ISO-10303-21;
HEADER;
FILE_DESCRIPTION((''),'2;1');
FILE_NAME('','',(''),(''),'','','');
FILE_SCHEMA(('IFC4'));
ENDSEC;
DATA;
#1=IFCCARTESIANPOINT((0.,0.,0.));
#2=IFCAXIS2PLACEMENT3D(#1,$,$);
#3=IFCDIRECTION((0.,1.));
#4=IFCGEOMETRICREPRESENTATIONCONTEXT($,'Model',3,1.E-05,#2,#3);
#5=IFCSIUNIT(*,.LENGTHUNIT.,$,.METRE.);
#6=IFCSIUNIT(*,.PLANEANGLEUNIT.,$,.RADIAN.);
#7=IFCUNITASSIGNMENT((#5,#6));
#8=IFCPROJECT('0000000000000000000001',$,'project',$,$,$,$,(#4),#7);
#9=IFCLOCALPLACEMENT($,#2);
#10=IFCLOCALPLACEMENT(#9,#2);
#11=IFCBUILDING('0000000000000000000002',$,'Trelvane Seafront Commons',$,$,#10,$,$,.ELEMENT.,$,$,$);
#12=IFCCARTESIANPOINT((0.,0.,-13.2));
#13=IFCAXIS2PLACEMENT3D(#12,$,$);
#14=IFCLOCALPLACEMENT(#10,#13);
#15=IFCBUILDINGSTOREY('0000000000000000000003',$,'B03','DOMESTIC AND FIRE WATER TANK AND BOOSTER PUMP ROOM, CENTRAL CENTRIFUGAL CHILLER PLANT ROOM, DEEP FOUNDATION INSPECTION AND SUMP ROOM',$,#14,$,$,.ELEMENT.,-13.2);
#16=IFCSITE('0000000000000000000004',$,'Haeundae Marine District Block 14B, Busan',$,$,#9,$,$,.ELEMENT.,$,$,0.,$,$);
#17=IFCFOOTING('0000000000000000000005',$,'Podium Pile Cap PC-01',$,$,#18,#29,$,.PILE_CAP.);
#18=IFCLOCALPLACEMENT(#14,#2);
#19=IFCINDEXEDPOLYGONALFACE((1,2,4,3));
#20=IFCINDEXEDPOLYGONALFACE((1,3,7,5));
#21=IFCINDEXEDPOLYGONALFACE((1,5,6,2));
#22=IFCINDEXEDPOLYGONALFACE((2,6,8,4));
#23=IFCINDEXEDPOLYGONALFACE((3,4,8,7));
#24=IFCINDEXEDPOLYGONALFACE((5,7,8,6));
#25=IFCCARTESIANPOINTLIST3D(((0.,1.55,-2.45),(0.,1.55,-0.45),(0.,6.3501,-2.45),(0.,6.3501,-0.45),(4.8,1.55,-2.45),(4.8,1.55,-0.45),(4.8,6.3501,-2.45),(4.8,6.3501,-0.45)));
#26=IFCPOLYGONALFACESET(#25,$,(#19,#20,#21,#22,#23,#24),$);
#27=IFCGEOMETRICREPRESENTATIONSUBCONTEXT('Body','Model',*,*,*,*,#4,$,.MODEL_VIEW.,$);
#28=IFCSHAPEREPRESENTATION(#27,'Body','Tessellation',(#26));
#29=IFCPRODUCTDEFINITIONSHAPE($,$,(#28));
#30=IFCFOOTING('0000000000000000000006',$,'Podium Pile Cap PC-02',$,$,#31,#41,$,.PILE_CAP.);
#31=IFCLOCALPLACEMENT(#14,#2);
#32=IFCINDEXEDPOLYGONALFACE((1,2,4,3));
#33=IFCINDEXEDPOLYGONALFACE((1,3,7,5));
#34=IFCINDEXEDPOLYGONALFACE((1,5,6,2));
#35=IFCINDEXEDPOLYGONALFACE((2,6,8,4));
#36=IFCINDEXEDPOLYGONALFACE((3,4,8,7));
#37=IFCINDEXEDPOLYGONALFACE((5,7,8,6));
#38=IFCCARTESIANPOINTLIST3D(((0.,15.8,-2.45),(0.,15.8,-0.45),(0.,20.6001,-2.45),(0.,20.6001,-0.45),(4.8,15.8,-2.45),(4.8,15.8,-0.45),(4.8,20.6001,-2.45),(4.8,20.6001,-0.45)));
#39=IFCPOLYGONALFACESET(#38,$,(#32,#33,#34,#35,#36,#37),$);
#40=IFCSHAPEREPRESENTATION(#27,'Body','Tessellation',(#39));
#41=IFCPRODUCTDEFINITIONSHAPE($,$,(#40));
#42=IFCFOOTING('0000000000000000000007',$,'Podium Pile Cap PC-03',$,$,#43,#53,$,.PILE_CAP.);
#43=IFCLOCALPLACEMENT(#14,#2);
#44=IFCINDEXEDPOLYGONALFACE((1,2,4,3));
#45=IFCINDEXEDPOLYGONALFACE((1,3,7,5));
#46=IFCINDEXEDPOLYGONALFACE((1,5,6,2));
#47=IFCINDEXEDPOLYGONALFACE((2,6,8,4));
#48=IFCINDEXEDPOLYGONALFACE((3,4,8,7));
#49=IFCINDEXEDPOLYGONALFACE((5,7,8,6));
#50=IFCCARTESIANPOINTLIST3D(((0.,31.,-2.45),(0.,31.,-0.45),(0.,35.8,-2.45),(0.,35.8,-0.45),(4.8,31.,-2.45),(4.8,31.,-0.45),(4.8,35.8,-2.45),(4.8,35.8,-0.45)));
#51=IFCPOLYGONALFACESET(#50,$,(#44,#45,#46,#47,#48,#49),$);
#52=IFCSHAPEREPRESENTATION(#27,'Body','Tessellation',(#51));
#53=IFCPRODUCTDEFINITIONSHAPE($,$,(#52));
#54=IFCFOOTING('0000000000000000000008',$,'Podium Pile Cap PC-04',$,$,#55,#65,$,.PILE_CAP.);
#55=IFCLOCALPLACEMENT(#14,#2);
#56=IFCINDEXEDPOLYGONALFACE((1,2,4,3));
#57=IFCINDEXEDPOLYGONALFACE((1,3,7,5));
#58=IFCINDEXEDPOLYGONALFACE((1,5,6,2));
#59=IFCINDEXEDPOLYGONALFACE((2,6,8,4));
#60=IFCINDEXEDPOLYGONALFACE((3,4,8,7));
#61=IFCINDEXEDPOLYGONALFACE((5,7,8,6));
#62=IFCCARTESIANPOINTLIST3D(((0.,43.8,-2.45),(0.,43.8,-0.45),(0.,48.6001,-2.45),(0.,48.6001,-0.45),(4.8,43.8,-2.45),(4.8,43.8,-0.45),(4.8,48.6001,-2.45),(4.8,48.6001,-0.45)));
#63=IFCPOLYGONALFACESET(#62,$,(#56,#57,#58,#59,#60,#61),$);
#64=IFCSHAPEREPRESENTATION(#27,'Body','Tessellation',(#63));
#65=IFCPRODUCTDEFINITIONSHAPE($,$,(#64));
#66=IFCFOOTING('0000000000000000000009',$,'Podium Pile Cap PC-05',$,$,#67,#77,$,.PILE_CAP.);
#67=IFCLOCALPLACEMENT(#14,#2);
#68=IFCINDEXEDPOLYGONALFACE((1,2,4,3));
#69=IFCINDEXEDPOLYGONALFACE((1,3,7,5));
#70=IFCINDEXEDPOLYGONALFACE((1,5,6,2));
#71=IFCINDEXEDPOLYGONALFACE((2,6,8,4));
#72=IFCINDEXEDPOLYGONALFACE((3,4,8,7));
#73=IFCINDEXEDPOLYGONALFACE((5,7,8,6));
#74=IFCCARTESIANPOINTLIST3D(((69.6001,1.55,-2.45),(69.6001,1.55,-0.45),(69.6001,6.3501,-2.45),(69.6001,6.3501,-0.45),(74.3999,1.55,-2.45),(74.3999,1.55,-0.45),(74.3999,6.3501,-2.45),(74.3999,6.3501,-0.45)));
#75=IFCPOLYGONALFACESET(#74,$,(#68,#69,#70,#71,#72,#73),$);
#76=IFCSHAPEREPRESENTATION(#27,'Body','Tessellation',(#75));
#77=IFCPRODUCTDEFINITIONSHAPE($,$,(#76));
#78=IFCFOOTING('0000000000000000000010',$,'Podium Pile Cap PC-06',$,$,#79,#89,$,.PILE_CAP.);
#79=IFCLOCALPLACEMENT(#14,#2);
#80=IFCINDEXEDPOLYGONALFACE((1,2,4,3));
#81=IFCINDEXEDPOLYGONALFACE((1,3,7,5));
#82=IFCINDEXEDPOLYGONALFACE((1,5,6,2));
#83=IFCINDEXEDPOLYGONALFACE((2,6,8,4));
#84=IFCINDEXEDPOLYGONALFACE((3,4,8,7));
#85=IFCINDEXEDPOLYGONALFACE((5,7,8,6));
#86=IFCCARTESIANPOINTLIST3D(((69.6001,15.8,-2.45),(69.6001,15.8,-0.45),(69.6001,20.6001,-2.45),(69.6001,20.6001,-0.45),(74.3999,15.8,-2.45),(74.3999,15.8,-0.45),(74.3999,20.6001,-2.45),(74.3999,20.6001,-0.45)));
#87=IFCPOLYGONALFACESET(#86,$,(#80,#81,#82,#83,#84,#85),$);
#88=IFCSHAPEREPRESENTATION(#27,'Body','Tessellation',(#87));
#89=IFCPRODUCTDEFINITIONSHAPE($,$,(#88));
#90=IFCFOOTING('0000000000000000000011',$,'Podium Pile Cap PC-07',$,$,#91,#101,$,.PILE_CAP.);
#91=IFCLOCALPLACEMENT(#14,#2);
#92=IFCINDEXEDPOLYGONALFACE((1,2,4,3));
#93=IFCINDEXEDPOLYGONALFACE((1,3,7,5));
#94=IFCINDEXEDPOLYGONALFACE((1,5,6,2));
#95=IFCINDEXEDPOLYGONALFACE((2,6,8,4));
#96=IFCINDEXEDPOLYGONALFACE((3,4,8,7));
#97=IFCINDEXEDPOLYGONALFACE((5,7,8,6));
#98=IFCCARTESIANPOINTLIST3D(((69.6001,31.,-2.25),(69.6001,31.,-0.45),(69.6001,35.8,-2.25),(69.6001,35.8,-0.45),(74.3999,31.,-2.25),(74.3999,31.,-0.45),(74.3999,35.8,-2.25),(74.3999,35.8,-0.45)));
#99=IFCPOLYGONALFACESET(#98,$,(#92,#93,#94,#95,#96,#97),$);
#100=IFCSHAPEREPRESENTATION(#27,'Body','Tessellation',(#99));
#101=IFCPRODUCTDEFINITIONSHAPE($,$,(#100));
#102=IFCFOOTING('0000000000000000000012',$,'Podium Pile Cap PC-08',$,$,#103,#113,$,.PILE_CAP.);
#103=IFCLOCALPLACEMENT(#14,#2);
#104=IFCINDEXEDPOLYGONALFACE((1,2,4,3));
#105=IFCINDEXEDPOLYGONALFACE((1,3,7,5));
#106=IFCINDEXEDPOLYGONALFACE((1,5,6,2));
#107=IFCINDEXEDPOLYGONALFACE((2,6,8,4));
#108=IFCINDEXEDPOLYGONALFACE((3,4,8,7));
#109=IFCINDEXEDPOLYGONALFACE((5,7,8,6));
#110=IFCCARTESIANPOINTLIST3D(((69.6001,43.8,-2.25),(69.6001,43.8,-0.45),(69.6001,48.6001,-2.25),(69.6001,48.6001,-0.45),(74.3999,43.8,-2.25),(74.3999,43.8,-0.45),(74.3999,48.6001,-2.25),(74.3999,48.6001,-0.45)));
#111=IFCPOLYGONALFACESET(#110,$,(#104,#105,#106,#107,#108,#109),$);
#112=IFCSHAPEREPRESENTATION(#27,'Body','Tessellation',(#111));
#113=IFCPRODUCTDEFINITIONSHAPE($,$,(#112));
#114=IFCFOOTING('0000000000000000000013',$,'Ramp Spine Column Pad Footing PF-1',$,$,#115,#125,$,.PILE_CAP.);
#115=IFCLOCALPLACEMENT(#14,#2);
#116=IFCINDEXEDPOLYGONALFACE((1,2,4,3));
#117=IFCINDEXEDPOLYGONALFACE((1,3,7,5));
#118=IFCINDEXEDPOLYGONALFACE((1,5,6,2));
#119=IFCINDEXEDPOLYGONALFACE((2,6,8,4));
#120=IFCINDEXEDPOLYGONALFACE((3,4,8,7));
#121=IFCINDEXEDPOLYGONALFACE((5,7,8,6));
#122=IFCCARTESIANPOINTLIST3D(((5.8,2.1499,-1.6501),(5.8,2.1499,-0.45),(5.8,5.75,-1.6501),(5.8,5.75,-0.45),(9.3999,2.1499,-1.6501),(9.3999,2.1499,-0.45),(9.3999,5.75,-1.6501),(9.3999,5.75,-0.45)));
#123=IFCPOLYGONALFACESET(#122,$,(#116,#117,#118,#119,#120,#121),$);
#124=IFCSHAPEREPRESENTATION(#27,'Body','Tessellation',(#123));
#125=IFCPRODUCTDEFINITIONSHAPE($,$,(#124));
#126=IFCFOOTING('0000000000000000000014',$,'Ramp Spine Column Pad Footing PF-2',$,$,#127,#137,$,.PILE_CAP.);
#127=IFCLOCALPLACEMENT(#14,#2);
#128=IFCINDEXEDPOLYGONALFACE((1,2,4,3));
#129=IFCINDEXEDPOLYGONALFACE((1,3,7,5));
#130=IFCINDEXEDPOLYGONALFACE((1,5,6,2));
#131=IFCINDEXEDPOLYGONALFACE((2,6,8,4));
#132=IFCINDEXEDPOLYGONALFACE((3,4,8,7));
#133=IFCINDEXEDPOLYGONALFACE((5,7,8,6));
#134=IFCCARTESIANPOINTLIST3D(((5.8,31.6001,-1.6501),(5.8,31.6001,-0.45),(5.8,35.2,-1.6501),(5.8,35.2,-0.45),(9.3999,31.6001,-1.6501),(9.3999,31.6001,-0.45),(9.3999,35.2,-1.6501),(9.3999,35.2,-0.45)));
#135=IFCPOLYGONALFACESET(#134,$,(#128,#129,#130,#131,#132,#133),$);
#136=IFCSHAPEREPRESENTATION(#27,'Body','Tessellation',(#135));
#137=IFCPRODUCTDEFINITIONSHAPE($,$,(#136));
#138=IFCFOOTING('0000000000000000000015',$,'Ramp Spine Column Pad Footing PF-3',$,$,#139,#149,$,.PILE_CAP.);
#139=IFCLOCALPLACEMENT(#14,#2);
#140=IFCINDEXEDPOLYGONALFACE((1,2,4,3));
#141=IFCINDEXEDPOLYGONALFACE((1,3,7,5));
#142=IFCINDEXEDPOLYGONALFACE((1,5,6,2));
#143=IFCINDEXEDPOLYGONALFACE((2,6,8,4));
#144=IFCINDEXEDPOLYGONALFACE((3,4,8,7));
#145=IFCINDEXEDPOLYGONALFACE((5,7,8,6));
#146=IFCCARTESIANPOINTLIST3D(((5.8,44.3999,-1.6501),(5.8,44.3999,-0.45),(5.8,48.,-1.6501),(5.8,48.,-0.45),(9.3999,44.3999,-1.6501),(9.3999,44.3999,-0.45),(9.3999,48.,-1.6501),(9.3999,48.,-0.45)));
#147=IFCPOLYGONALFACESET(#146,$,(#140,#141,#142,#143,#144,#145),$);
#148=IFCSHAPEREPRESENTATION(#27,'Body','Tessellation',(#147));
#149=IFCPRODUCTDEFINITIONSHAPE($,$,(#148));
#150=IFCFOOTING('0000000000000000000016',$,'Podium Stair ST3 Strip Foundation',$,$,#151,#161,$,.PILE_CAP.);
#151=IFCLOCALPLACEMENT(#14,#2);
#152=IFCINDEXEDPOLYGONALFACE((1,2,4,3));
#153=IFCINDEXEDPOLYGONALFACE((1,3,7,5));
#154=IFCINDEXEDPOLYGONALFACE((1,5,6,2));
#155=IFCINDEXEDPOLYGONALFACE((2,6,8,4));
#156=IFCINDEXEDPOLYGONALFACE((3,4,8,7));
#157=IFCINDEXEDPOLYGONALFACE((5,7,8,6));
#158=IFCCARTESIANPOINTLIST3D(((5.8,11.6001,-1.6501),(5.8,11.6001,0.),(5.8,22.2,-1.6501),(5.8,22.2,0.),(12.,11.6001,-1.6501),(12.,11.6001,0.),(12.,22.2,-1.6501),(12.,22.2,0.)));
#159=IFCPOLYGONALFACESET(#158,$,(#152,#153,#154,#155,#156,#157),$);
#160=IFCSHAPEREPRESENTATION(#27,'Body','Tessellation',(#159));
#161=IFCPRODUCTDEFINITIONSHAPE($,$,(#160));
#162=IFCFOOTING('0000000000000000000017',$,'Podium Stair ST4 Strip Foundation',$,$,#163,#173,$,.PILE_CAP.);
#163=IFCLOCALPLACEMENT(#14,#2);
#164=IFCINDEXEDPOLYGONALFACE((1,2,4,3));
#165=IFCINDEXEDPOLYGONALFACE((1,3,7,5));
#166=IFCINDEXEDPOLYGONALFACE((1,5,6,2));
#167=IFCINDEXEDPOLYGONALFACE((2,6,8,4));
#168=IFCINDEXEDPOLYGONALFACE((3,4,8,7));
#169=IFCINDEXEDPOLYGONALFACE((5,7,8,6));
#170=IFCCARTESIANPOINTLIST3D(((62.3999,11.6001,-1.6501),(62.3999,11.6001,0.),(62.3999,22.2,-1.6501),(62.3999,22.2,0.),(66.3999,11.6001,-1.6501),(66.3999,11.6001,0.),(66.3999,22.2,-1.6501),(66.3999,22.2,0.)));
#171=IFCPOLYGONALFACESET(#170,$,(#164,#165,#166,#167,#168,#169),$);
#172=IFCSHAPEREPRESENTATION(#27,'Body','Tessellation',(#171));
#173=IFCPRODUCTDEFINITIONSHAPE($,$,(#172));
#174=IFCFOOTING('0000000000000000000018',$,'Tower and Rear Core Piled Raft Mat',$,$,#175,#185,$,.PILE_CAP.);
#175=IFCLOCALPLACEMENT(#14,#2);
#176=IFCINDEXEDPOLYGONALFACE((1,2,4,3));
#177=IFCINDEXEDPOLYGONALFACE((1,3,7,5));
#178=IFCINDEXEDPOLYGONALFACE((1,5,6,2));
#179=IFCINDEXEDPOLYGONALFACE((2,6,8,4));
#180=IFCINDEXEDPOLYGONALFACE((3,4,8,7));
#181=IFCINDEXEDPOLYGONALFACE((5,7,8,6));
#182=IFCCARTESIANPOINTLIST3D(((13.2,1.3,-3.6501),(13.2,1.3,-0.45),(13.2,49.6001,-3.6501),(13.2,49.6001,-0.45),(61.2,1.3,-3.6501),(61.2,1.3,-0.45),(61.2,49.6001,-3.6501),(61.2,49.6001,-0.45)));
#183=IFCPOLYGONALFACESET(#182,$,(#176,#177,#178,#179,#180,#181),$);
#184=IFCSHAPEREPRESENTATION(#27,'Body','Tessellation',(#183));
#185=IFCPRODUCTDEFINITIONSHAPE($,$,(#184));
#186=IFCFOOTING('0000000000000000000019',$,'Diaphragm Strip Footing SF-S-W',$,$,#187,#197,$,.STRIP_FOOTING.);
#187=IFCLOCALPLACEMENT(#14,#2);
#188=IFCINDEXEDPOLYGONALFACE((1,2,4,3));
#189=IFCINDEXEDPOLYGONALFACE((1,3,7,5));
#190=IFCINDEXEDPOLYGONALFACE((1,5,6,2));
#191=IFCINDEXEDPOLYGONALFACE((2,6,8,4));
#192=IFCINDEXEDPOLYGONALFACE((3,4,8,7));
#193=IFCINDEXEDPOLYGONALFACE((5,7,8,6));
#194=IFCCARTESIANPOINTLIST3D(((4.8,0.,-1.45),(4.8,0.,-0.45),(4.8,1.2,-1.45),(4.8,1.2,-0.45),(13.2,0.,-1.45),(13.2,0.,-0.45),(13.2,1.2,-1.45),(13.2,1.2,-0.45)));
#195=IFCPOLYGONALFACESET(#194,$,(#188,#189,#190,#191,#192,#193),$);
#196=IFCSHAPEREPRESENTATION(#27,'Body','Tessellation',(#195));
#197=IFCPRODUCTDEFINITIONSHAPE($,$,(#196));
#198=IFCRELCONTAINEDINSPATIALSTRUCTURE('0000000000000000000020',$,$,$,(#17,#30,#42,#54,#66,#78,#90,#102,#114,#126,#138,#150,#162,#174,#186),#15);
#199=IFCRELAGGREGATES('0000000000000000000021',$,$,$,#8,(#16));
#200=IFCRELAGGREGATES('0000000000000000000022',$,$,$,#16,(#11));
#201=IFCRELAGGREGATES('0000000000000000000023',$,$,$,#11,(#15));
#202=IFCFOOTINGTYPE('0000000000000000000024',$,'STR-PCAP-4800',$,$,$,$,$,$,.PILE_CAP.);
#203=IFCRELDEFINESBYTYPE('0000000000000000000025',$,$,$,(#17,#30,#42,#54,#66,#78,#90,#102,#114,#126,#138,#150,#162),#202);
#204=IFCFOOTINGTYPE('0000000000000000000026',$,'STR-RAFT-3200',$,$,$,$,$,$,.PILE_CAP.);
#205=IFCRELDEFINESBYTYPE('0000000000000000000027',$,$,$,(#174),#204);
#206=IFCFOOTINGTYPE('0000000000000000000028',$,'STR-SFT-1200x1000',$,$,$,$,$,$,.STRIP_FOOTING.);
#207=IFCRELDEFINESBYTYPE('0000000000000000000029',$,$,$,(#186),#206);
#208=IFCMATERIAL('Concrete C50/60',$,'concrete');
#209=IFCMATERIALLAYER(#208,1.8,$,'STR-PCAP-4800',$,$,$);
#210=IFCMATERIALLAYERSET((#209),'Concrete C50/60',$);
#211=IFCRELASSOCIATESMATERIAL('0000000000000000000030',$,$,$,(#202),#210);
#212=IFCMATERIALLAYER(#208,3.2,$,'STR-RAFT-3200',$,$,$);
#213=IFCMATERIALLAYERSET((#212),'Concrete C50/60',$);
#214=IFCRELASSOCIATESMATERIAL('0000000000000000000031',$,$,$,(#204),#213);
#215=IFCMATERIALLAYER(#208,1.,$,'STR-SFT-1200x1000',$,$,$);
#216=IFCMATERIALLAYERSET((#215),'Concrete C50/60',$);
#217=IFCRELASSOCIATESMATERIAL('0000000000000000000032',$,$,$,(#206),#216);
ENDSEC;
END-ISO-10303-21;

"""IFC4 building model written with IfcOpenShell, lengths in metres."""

from ifc_helpers import new_model, si_unit, direction, frame, origin, place, context, subcontext, project, spatial, polyline, outline, extrude, material, layer, layer_set, type_object, element, save


model = new_model("IFC4")

# Units and contexts
model_context = context("Model", 3, precision=1e-05, world=origin(), true_north=direction((0.0, 1.0)))
body_context = subcontext(model_context, "Body", "Model", "MODEL_VIEW")
ifc_project = project(units=[si_unit("LENGTHUNIT", "METRE"), si_unit("PLANEANGLEUNIT", "RADIAN")], contexts=[model_context])

# Site, building, storey
site_placement = place(None, origin())
site = spatial("IfcSite", under=ifc_project, at=site_placement, Name="Haeundae Marine District Block 14B, Busan", CompositionType="ELEMENT", RefElevation=0.0)
building_placement = place(site_placement, origin())
building = spatial("IfcBuilding", under=site, at=building_placement, Name="Trelvane Seafront Commons", CompositionType="ELEMENT")
storey_placement = place(building_placement, frame((0.0, 0.0, -13.2)))
storey = spatial("IfcBuildingStorey", under=building, at=storey_placement, Name="B03", Description="DOMESTIC AND FIRE WATER TANK AND BOOSTER PUMP ROOM, CENTRAL CENTRIFUGAL CHILLER PLANT ROOM, DEEP FOUNDATION INSPECTION AND SUMP ROOM", CompositionType="ELEMENT", Elevation=-13.2)

# Footings
ifc_material = material(Name="Concrete C50/60", Category="concrete")
ifc_layer_1 = layer(ifc_material, 1.8, Name="STR-PCAP-4800")
ifc_layer_set_1 = layer_set([ifc_layer_1], Name="Concrete C50/60")
footing_type_1 = type_object("IfcFootingType", Name="STR-PCAP-4800", PredefinedType="PILE_CAP", material=ifc_layer_set_1)
footing_1_placement = place(storey_placement, frame((0.0, 0.0, -2.45)))
element("IfcFooting", 1, at=footing_1_placement, inside=storey, type_object=footing_type_1, Name="Podium Pile Cap PC-01", PredefinedType="PILE_CAP", context=body_context, shape_type="SweptSolid", body=[
    extrude(outline(polyline([(0.0, 1.55), (4.8, 1.55), (4.8, 6.3501), (0.0, 6.3501), (0.0, 1.55)])), origin(), (0.0, 0.0, 1.0), 2.0),
])
footing_2_placement = place(storey_placement, frame((0.0, 0.0, -2.45)))
element("IfcFooting", 2, at=footing_2_placement, inside=storey, type_object=footing_type_1, Name="Podium Pile Cap PC-02", PredefinedType="PILE_CAP", context=body_context, shape_type="SweptSolid", body=[
    extrude(outline(polyline([(0.0, 15.8), (4.8, 15.8), (4.8, 20.6001), (0.0, 20.6001), (0.0, 15.8)])), origin(), (0.0, 0.0, 1.0), 2.0),
])
footing_3_placement = place(storey_placement, frame((0.0, 0.0, -2.45)))
element("IfcFooting", 3, at=footing_3_placement, inside=storey, type_object=footing_type_1, Name="Podium Pile Cap PC-03", PredefinedType="PILE_CAP", context=body_context, shape_type="SweptSolid", body=[
    extrude(outline(polyline([(0.0, 31.0), (4.8, 31.0), (4.8, 35.8), (0.0, 35.8), (0.0, 31.0)])), origin(), (0.0, 0.0, 1.0), 2.0),
])
footing_4_placement = place(storey_placement, frame((0.0, 0.0, -2.45)))
element("IfcFooting", 4, at=footing_4_placement, inside=storey, type_object=footing_type_1, Name="Podium Pile Cap PC-04", PredefinedType="PILE_CAP", context=body_context, shape_type="SweptSolid", body=[
    extrude(outline(polyline([(0.0, 43.8), (4.8, 43.8), (4.8, 48.6001), (0.0, 48.6001), (0.0, 43.8)])), origin(), (0.0, 0.0, 1.0), 2.0),
])
footing_5_placement = place(storey_placement, frame((0.0, 0.0, -2.45)))
element("IfcFooting", 5, at=footing_5_placement, inside=storey, type_object=footing_type_1, Name="Podium Pile Cap PC-05", PredefinedType="PILE_CAP", context=body_context, shape_type="SweptSolid", body=[
    extrude(outline(polyline([(69.6001, 1.55), (74.3999, 1.55), (74.3999, 6.3501), (69.6001, 6.3501), (69.6001, 1.55)])), origin(), (0.0, 0.0, 1.0), 2.0),
])
footing_6_placement = place(storey_placement, frame((0.0, 0.0, -2.45)))
element("IfcFooting", 6, at=footing_6_placement, inside=storey, type_object=footing_type_1, Name="Podium Pile Cap PC-06", PredefinedType="PILE_CAP", context=body_context, shape_type="SweptSolid", body=[
    extrude(outline(polyline([(69.6001, 15.8), (74.3999, 15.8), (74.3999, 20.6001), (69.6001, 20.6001), (69.6001, 15.8)])), origin(), (0.0, 0.0, 1.0), 2.0),
])
footing_7_placement = place(storey_placement, frame((0.0, 0.0, -2.25)))
element("IfcFooting", 7, at=footing_7_placement, inside=storey, type_object=footing_type_1, Name="Podium Pile Cap PC-07", PredefinedType="PILE_CAP", context=body_context, shape_type="SweptSolid", body=[
    extrude(outline(polyline([(69.6001, 31.0), (74.3999, 31.0), (74.3999, 35.8), (69.6001, 35.8), (69.6001, 31.0)])), origin(), (0.0, 0.0, 1.0), 1.8),
])
footing_8_placement = place(storey_placement, frame((0.0, 0.0, -2.25)))
element("IfcFooting", 8, at=footing_8_placement, inside=storey, type_object=footing_type_1, Name="Podium Pile Cap PC-08", PredefinedType="PILE_CAP", context=body_context, shape_type="SweptSolid", body=[
    extrude(outline(polyline([(69.6001, 43.8), (74.3999, 43.8), (74.3999, 48.6001), (69.6001, 48.6001), (69.6001, 43.8)])), origin(), (0.0, 0.0, 1.0), 1.8),
])
footing_9_placement = place(storey_placement, frame((0.0, 0.0, -1.6501)))
element("IfcFooting", 9, at=footing_9_placement, inside=storey, type_object=footing_type_1, Name="Ramp Spine Column Pad Footing PF-1", PredefinedType="PILE_CAP", context=body_context, shape_type="SweptSolid", body=[
    extrude(outline(polyline([(5.8, 2.1499), (9.3999, 2.1499), (9.3999, 5.75), (5.8, 5.75), (5.8, 2.1499)])), origin(), (0.0, 0.0, 1.0), 1.2002),
])
footing_10_placement = place(storey_placement, frame((0.0, 0.0, -1.6501)))
element("IfcFooting", 10, at=footing_10_placement, inside=storey, type_object=footing_type_1, Name="Ramp Spine Column Pad Footing PF-2", PredefinedType="PILE_CAP", context=body_context, shape_type="SweptSolid", body=[
    extrude(outline(polyline([(5.8, 31.6001), (9.3999, 31.6001), (9.3999, 35.2), (5.8, 35.2), (5.8, 31.6001)])), origin(), (0.0, 0.0, 1.0), 1.2002),
])
footing_11_placement = place(storey_placement, frame((0.0, 0.0, -1.6501)))
element("IfcFooting", 11, at=footing_11_placement, inside=storey, type_object=footing_type_1, Name="Ramp Spine Column Pad Footing PF-3", PredefinedType="PILE_CAP", context=body_context, shape_type="SweptSolid", body=[
    extrude(outline(polyline([(5.8, 44.3999), (9.3999, 44.3999), (9.3999, 48.0), (5.8, 48.0), (5.8, 44.3999)])), origin(), (0.0, 0.0, 1.0), 1.2002),
])
footing_12_placement = place(storey_placement, frame((0.0, 0.0, -1.6501)))
element("IfcFooting", 12, at=footing_12_placement, inside=storey, type_object=footing_type_1, Name="Podium Stair ST3 Strip Foundation", PredefinedType="PILE_CAP", context=body_context, shape_type="SweptSolid", body=[
    extrude(outline(polyline([(5.8, 11.6001), (12.0, 11.6001), (12.0, 22.2), (5.8, 22.2), (5.8, 11.6001)])), origin(), (0.0, 0.0, 1.0), 1.6501),
])
footing_13_placement = place(storey_placement, frame((0.0, 0.0, -1.6501)))
element("IfcFooting", 13, at=footing_13_placement, inside=storey, type_object=footing_type_1, Name="Podium Stair ST4 Strip Foundation", PredefinedType="PILE_CAP", context=body_context, shape_type="SweptSolid", body=[
    extrude(outline(polyline([(62.3999, 11.6001), (66.3999, 11.6001), (66.3999, 22.2), (62.3999, 22.2), (62.3999, 11.6001)])), origin(), (0.0, 0.0, 1.0), 1.6501),
])
ifc_layer_2 = layer(ifc_material, 3.2, Name="STR-RAFT-3200")
ifc_layer_set_2 = layer_set([ifc_layer_2], Name="Concrete C50/60")
footing_type_2 = type_object("IfcFootingType", Name="STR-RAFT-3200", PredefinedType="PILE_CAP", material=ifc_layer_set_2)
footing_14_placement = place(storey_placement, frame((0.0, 0.0, -3.6501)))
element("IfcFooting", 14, at=footing_14_placement, inside=storey, type_object=footing_type_2, Name="Tower and Rear Core Piled Raft Mat", PredefinedType="PILE_CAP", context=body_context, shape_type="SweptSolid", body=[
    extrude(outline(polyline([(13.2, 1.3), (61.2, 1.3), (61.2, 49.6001), (13.2, 49.6001), (13.2, 1.3)])), origin(), (0.0, 0.0, 1.0), 3.2002),
])
ifc_layer_3 = layer(ifc_material, 1.0, Name="STR-SFT-1200x1000")
ifc_layer_set_3 = layer_set([ifc_layer_3], Name="Concrete C50/60")
footing_type_3 = type_object("IfcFootingType", Name="STR-SFT-1200x1000", PredefinedType="STRIP_FOOTING", material=ifc_layer_set_3)
footing_15_placement = place(storey_placement, frame((0.0, 0.0, -1.45)))
element("IfcFooting", 15, at=footing_15_placement, inside=storey, type_object=footing_type_3, Name="Diaphragm Strip Footing SF-S-W", PredefinedType="STRIP_FOOTING", context=body_context, shape_type="SweptSolid", body=[
    extrude(outline(polyline([(4.8, 0.0), (13.2, 0.0), (13.2, 1.2), (4.8, 1.2), (4.8, 0.0)])), origin(), (0.0, 0.0, 1.0), 1.0),
])

save(model, "model.ifc")
